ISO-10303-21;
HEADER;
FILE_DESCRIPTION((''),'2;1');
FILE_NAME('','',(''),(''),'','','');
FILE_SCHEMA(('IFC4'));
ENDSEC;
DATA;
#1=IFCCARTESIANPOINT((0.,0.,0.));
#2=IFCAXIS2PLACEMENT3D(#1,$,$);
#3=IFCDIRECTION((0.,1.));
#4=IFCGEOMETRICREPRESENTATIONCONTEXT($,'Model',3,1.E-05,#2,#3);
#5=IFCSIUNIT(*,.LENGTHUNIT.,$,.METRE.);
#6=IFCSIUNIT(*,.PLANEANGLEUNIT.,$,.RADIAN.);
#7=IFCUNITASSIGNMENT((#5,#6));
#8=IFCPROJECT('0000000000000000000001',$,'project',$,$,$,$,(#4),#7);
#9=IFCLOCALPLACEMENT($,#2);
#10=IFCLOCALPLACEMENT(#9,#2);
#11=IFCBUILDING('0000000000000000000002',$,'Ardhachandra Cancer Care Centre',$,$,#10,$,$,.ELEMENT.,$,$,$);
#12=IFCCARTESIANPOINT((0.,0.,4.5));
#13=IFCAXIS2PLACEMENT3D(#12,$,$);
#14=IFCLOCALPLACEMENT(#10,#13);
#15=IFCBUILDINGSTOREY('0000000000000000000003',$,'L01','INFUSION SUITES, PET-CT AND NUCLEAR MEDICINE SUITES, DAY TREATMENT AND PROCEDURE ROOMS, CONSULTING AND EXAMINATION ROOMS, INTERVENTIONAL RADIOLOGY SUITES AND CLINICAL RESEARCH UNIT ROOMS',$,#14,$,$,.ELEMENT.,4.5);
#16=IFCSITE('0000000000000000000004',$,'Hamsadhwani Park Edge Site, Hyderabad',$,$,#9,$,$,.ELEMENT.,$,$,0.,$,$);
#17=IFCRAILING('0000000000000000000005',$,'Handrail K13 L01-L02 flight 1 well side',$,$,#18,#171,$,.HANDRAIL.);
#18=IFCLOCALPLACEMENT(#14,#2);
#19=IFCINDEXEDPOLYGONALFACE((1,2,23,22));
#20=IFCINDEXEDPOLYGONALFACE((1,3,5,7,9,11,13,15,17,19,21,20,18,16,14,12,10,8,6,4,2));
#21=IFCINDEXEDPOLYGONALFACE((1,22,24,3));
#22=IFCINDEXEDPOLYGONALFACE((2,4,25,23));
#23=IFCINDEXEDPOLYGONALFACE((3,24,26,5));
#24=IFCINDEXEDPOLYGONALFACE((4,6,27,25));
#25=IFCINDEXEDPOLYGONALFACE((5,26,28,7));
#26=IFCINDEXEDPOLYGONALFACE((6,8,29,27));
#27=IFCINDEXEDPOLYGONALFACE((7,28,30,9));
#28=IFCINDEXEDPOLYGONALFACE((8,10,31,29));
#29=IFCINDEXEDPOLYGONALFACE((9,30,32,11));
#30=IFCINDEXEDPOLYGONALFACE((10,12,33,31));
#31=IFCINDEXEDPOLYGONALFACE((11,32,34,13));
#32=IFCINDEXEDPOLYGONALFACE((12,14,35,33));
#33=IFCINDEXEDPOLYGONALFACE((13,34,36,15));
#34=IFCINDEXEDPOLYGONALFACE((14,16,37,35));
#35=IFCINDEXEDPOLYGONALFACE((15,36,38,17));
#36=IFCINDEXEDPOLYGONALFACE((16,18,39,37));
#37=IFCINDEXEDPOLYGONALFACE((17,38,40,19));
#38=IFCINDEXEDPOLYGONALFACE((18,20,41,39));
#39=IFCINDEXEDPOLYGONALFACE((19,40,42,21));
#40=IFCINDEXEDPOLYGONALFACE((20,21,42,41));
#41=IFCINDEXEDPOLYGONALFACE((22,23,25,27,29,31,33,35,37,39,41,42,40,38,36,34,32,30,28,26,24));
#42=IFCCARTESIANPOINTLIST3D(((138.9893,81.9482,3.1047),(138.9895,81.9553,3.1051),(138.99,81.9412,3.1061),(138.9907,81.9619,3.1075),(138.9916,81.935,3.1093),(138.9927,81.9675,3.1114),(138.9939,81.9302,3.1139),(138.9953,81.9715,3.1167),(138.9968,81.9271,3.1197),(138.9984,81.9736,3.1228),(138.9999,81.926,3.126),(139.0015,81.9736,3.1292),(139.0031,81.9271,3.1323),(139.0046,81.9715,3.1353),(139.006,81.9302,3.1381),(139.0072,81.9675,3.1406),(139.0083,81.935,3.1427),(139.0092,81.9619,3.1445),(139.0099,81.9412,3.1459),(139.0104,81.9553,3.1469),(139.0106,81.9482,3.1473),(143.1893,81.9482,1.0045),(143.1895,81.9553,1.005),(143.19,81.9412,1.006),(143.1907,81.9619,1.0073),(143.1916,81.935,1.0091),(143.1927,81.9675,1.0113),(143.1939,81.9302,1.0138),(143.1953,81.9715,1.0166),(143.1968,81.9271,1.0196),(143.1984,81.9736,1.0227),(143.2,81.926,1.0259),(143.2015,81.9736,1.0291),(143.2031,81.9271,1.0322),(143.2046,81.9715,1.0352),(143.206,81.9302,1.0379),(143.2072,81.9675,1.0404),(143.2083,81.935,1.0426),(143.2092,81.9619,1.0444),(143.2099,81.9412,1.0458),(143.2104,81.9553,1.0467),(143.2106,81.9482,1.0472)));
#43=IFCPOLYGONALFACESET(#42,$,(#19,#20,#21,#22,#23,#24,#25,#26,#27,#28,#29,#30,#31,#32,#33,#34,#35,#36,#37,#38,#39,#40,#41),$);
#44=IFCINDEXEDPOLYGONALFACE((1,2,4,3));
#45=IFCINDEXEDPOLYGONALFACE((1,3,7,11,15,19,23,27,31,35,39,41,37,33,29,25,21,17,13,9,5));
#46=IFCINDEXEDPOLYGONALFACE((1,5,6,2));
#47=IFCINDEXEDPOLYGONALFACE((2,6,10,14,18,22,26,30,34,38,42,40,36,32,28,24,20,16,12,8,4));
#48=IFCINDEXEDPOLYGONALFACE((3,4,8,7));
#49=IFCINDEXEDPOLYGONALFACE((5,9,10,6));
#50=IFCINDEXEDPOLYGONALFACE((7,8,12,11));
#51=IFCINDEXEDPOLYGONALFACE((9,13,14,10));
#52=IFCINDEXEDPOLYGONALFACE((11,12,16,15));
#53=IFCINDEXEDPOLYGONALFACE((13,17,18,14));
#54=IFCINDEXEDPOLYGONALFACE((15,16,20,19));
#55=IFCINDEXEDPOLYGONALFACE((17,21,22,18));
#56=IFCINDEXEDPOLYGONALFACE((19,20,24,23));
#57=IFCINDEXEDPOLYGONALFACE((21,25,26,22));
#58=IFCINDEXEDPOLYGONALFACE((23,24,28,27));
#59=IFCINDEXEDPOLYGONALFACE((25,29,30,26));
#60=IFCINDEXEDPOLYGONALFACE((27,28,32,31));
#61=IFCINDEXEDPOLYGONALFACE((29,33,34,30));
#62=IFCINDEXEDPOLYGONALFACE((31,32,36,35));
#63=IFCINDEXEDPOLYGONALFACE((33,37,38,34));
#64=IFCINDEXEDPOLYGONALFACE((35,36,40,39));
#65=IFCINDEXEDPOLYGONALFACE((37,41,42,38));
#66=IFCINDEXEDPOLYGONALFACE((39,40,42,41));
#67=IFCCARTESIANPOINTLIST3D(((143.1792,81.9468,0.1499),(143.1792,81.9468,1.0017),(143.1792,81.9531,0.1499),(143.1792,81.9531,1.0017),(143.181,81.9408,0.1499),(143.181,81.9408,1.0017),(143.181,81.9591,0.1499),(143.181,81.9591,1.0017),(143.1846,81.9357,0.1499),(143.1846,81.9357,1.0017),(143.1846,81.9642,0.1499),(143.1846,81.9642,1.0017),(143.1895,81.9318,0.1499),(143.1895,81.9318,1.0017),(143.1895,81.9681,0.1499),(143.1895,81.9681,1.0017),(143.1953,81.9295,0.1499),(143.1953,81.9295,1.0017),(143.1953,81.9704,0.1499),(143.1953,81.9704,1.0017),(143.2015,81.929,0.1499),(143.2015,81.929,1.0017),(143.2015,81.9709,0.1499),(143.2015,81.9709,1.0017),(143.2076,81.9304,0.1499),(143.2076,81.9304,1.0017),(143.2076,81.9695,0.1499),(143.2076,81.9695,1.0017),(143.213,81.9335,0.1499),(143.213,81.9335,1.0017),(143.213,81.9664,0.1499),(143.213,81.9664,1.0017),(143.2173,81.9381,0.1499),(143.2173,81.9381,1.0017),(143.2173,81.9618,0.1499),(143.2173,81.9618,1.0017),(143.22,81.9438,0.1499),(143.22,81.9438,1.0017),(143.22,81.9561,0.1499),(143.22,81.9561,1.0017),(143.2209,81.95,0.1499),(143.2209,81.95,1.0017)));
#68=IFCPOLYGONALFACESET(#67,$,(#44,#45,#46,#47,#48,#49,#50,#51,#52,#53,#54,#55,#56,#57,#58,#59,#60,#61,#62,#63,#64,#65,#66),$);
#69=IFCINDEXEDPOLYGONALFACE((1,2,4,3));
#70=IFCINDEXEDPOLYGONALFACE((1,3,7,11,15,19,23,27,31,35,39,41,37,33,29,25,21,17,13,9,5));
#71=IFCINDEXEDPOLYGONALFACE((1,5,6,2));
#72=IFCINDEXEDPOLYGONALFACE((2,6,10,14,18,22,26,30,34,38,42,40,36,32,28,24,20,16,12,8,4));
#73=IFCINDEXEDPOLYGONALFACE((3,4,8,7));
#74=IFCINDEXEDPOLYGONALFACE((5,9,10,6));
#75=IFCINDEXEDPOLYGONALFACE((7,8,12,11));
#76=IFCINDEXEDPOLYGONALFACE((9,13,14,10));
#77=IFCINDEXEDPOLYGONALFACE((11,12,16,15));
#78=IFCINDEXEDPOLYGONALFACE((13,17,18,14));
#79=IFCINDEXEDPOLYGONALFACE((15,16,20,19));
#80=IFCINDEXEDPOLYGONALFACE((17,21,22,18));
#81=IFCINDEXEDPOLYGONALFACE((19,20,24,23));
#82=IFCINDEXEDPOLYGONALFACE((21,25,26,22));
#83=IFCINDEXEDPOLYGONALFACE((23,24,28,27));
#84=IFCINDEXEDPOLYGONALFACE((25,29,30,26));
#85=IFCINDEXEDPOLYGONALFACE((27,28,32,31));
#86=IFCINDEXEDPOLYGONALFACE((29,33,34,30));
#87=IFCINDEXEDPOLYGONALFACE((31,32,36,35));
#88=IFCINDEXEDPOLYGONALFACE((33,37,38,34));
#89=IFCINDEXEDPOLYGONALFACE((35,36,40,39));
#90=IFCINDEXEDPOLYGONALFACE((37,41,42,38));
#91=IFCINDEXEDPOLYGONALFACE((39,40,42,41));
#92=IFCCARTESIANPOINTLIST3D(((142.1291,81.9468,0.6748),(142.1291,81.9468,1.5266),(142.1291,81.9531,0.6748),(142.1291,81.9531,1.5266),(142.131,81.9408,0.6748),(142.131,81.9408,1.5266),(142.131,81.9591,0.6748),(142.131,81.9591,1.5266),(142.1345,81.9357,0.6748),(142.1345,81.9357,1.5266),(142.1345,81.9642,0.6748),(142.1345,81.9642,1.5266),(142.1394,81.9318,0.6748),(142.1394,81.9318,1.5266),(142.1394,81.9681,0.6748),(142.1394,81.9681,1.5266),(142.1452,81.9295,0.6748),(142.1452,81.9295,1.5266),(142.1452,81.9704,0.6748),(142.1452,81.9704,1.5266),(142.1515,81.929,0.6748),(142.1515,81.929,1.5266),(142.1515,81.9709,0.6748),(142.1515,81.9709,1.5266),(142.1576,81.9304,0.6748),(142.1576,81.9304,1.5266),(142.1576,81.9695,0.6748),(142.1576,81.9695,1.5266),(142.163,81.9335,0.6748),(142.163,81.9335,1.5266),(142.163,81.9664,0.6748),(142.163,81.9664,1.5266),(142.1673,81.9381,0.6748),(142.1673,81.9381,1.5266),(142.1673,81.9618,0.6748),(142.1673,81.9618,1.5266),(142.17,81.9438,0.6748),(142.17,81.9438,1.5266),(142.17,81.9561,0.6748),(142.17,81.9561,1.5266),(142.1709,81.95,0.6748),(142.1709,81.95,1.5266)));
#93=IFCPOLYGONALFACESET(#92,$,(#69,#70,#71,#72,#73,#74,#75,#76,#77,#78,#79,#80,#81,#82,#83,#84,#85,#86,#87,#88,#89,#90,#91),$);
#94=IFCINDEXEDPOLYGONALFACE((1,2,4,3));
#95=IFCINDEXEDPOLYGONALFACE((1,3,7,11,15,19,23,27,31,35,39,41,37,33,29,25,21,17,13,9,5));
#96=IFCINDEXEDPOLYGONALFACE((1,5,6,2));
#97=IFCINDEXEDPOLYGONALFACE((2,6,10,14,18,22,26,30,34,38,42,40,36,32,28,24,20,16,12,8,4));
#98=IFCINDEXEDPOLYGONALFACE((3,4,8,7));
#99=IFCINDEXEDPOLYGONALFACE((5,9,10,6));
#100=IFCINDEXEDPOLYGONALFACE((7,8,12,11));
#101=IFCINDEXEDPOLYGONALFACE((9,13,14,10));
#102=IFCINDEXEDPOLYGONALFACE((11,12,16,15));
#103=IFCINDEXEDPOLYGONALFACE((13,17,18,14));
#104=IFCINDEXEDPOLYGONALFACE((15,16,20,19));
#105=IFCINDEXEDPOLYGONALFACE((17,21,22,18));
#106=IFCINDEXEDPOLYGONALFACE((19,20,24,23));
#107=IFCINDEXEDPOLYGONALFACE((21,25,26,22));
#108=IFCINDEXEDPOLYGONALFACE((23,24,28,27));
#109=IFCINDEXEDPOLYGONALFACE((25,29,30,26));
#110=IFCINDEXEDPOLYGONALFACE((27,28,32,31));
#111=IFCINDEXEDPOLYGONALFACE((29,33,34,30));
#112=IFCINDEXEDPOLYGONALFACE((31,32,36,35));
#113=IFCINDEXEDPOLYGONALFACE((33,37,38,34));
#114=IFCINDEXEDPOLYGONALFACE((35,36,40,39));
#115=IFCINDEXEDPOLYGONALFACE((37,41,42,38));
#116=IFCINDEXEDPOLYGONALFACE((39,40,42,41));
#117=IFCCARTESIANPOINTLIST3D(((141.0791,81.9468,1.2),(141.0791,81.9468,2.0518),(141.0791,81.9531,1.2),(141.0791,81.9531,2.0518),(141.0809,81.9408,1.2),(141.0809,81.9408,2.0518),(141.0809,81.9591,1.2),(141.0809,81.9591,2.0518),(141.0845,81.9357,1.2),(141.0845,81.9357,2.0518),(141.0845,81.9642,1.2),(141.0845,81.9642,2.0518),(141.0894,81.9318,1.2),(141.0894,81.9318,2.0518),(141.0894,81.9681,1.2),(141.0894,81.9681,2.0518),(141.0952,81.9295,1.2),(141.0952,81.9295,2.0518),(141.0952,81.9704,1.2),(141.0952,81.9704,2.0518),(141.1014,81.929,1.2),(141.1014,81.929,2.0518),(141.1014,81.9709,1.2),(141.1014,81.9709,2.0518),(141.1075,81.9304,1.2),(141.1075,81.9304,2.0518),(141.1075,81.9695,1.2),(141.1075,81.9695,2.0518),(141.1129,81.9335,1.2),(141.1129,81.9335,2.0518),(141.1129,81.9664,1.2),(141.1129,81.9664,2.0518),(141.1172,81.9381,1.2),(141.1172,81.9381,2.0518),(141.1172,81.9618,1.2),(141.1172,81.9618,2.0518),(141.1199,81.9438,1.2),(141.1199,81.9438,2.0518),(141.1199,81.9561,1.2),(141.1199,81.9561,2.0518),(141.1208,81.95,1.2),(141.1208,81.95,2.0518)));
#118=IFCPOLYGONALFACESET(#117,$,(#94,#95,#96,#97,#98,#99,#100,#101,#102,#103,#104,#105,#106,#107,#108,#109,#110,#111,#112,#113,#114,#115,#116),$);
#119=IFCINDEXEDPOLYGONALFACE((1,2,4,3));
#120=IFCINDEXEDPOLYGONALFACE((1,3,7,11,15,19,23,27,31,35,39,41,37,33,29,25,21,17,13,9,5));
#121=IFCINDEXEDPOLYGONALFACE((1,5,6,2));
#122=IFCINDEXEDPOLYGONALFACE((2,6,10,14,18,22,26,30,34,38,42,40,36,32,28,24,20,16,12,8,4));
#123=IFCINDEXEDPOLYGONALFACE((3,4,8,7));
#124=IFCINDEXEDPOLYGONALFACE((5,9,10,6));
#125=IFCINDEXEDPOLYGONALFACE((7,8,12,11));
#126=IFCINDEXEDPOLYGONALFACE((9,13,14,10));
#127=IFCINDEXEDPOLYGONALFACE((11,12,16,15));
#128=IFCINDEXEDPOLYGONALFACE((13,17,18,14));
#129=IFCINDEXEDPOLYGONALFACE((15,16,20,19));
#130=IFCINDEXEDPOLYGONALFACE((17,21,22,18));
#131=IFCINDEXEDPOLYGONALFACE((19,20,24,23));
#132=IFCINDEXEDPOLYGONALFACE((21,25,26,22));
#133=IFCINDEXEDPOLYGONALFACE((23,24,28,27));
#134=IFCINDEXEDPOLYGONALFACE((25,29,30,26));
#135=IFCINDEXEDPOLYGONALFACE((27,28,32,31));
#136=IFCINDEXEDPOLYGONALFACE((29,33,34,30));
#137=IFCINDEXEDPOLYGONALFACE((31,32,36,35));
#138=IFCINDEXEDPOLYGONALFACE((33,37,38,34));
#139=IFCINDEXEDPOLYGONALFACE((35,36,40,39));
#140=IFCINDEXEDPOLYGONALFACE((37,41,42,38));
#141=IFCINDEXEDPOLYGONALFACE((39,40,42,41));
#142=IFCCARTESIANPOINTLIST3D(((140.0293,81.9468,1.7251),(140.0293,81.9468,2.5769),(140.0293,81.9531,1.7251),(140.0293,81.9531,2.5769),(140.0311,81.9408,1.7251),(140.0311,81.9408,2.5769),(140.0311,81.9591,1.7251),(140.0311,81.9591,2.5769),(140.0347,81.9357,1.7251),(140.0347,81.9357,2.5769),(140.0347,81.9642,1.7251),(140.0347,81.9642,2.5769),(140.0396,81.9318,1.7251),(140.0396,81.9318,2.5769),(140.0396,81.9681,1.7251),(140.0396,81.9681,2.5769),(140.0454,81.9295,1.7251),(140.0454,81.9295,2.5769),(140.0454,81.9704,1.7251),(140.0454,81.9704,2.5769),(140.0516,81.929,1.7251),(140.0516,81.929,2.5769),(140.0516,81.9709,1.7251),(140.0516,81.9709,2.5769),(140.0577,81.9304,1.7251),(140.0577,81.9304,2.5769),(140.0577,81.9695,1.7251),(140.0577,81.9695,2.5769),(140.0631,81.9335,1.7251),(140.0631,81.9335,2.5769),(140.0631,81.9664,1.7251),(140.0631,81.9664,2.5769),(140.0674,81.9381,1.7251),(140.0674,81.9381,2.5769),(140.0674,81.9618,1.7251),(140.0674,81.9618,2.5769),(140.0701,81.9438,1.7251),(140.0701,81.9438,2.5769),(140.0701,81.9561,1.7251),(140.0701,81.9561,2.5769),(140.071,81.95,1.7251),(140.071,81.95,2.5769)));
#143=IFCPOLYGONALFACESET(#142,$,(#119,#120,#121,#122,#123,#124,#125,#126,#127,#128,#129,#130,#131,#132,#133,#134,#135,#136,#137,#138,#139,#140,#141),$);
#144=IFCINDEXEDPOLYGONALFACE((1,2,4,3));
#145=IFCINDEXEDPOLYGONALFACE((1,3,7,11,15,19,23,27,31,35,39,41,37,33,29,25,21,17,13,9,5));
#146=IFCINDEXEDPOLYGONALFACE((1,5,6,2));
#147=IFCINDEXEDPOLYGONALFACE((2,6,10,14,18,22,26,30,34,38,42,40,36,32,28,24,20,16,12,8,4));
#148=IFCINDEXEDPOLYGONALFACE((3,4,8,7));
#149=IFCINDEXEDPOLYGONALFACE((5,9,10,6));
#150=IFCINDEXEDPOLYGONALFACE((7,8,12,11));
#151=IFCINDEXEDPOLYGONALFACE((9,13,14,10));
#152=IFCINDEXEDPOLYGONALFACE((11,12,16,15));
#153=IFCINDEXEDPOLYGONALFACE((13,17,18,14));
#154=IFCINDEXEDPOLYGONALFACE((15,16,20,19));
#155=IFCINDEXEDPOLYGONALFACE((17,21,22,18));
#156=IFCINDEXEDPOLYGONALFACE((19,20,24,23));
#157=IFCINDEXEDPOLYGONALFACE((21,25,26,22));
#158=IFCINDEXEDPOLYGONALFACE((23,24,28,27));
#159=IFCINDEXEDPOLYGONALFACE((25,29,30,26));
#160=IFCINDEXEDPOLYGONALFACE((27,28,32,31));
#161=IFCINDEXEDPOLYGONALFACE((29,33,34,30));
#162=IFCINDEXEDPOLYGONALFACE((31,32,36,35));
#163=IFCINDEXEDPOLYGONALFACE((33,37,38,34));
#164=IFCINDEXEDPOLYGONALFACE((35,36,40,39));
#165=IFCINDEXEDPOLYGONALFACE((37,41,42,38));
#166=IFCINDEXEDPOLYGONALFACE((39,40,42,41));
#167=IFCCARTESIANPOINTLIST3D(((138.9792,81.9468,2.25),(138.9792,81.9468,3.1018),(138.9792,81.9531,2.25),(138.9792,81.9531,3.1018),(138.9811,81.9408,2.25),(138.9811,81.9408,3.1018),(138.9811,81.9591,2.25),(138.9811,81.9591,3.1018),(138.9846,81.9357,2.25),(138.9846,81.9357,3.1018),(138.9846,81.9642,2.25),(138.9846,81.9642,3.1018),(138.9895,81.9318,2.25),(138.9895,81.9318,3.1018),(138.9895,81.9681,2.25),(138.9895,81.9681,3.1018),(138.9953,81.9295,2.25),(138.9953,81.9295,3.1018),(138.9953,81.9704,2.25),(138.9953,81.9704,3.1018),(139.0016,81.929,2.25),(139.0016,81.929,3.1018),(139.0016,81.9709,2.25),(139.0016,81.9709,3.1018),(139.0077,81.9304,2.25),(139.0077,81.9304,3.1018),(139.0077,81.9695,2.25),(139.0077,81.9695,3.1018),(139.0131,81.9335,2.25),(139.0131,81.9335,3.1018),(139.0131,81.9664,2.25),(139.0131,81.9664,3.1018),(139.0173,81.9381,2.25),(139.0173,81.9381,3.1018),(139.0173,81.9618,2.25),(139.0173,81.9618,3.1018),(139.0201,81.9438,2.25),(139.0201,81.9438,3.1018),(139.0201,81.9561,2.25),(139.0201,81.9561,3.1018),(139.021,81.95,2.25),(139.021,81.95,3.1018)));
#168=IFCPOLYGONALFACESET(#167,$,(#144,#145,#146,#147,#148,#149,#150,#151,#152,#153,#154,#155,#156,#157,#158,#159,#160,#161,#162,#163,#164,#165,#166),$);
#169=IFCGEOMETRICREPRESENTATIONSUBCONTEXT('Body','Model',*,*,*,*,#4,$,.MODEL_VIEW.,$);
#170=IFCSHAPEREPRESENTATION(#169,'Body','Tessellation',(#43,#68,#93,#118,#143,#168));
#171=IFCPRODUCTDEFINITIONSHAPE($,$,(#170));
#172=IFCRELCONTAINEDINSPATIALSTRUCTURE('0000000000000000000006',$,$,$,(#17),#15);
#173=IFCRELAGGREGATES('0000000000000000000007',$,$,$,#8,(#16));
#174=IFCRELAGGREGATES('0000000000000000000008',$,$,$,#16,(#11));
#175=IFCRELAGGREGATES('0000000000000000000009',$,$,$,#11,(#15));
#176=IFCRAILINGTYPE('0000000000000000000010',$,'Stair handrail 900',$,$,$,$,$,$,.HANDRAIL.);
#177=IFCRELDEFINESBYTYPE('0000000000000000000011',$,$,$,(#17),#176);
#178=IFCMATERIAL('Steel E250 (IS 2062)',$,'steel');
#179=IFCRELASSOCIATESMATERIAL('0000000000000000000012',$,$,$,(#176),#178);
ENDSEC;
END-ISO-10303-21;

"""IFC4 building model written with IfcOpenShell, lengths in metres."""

from ifc_helpers import new_model, si_unit, direction, frame, origin, origin_2d, place, context, subcontext, project, spatial, circle, extrude, material, type_object, element, save


model = new_model("IFC4")

# Units and contexts
model_context = context("Model", 3, precision=1e-05, world=origin(), true_north=direction((0.0, 1.0)))
body_context = subcontext(model_context, "Body", "Model", "MODEL_VIEW")
ifc_project = project(units=[si_unit("LENGTHUNIT", "METRE"), si_unit("PLANEANGLEUNIT", "RADIAN")], contexts=[model_context])

# Site, building, storey
site_placement = place(None, origin())
site = spatial("IfcSite", under=ifc_project, at=site_placement, Name="Hamsadhwani Park Edge Site, Hyderabad", CompositionType="ELEMENT", RefElevation=0.0)
building_placement = place(site_placement, origin())
building = spatial("IfcBuilding", under=site, at=building_placement, Name="Ardhachandra Cancer Care Centre", CompositionType="ELEMENT")
storey_placement = place(building_placement, frame((0.0, 0.0, 4.5)))
storey = spatial("IfcBuildingStorey", under=building, at=storey_placement, Name="L01", Description="INFUSION SUITES, PET-CT AND NUCLEAR MEDICINE SUITES, DAY TREATMENT AND PROCEDURE ROOMS, CONSULTING AND EXAMINATION ROOMS, INTERVENTIONAL RADIOLOGY SUITES AND CLINICAL RESEARCH UNIT ROOMS", CompositionType="ELEMENT", Elevation=4.5)

# Railing
ifc_material_1 = material(Name="Steel E250 (IS 2062)", Category="steel")
railing_type_1 = type_object("IfcRailingType", Name="Stair handrail 900", PredefinedType="HANDRAIL", material=ifc_material_1)
for number, where, name in (
    (1, (143.2, 81.95, 0.1499), "Handrail K13 L01-L02 flight 1 well side"),
):
    element("IfcRailing", number, at=place(storey_placement, frame(where)), inside=storey, type_object=railing_type_1, Name=name, PredefinedType="HANDRAIL", context=body_context, shape_type="SweptSolid", body=[
        extrude(circle(Radius=0.0239, at=origin_2d()), frame((0.0, 0.0, 0.876), z_axis=(-0.894417, 0.0, 0.447234), x_axis=(0.0, -1.0, 0.0)), (0.0, 0.0, 1.0), 4.6958),
        extrude(circle(Radius=0.021, at=origin_2d()), origin(), (0.0, 0.0, 1.0), 0.8518),
        extrude(circle(Radius=0.021, at=origin_2d()), frame((-1.05, 0.0, 0.5249)), (0.0, 0.0, 1.0), 0.8518),
        extrude(circle(Radius=0.021, at=origin_2d()), frame((-2.1001, 0.0, 1.05)), (0.0, 0.0, 1.0), 0.8518),
        extrude(circle(Radius=0.021, at=origin_2d()), frame((-3.1499, 0.0, 1.5752)), (0.0, 0.0, 1.0), 0.8518),
        extrude(circle(Radius=0.021, at=origin_2d()), frame((-4.2, 0.0, 2.1001)), (0.0, 0.0, 1.0), 0.8518),
    ])

save(model, "model.ifc")
